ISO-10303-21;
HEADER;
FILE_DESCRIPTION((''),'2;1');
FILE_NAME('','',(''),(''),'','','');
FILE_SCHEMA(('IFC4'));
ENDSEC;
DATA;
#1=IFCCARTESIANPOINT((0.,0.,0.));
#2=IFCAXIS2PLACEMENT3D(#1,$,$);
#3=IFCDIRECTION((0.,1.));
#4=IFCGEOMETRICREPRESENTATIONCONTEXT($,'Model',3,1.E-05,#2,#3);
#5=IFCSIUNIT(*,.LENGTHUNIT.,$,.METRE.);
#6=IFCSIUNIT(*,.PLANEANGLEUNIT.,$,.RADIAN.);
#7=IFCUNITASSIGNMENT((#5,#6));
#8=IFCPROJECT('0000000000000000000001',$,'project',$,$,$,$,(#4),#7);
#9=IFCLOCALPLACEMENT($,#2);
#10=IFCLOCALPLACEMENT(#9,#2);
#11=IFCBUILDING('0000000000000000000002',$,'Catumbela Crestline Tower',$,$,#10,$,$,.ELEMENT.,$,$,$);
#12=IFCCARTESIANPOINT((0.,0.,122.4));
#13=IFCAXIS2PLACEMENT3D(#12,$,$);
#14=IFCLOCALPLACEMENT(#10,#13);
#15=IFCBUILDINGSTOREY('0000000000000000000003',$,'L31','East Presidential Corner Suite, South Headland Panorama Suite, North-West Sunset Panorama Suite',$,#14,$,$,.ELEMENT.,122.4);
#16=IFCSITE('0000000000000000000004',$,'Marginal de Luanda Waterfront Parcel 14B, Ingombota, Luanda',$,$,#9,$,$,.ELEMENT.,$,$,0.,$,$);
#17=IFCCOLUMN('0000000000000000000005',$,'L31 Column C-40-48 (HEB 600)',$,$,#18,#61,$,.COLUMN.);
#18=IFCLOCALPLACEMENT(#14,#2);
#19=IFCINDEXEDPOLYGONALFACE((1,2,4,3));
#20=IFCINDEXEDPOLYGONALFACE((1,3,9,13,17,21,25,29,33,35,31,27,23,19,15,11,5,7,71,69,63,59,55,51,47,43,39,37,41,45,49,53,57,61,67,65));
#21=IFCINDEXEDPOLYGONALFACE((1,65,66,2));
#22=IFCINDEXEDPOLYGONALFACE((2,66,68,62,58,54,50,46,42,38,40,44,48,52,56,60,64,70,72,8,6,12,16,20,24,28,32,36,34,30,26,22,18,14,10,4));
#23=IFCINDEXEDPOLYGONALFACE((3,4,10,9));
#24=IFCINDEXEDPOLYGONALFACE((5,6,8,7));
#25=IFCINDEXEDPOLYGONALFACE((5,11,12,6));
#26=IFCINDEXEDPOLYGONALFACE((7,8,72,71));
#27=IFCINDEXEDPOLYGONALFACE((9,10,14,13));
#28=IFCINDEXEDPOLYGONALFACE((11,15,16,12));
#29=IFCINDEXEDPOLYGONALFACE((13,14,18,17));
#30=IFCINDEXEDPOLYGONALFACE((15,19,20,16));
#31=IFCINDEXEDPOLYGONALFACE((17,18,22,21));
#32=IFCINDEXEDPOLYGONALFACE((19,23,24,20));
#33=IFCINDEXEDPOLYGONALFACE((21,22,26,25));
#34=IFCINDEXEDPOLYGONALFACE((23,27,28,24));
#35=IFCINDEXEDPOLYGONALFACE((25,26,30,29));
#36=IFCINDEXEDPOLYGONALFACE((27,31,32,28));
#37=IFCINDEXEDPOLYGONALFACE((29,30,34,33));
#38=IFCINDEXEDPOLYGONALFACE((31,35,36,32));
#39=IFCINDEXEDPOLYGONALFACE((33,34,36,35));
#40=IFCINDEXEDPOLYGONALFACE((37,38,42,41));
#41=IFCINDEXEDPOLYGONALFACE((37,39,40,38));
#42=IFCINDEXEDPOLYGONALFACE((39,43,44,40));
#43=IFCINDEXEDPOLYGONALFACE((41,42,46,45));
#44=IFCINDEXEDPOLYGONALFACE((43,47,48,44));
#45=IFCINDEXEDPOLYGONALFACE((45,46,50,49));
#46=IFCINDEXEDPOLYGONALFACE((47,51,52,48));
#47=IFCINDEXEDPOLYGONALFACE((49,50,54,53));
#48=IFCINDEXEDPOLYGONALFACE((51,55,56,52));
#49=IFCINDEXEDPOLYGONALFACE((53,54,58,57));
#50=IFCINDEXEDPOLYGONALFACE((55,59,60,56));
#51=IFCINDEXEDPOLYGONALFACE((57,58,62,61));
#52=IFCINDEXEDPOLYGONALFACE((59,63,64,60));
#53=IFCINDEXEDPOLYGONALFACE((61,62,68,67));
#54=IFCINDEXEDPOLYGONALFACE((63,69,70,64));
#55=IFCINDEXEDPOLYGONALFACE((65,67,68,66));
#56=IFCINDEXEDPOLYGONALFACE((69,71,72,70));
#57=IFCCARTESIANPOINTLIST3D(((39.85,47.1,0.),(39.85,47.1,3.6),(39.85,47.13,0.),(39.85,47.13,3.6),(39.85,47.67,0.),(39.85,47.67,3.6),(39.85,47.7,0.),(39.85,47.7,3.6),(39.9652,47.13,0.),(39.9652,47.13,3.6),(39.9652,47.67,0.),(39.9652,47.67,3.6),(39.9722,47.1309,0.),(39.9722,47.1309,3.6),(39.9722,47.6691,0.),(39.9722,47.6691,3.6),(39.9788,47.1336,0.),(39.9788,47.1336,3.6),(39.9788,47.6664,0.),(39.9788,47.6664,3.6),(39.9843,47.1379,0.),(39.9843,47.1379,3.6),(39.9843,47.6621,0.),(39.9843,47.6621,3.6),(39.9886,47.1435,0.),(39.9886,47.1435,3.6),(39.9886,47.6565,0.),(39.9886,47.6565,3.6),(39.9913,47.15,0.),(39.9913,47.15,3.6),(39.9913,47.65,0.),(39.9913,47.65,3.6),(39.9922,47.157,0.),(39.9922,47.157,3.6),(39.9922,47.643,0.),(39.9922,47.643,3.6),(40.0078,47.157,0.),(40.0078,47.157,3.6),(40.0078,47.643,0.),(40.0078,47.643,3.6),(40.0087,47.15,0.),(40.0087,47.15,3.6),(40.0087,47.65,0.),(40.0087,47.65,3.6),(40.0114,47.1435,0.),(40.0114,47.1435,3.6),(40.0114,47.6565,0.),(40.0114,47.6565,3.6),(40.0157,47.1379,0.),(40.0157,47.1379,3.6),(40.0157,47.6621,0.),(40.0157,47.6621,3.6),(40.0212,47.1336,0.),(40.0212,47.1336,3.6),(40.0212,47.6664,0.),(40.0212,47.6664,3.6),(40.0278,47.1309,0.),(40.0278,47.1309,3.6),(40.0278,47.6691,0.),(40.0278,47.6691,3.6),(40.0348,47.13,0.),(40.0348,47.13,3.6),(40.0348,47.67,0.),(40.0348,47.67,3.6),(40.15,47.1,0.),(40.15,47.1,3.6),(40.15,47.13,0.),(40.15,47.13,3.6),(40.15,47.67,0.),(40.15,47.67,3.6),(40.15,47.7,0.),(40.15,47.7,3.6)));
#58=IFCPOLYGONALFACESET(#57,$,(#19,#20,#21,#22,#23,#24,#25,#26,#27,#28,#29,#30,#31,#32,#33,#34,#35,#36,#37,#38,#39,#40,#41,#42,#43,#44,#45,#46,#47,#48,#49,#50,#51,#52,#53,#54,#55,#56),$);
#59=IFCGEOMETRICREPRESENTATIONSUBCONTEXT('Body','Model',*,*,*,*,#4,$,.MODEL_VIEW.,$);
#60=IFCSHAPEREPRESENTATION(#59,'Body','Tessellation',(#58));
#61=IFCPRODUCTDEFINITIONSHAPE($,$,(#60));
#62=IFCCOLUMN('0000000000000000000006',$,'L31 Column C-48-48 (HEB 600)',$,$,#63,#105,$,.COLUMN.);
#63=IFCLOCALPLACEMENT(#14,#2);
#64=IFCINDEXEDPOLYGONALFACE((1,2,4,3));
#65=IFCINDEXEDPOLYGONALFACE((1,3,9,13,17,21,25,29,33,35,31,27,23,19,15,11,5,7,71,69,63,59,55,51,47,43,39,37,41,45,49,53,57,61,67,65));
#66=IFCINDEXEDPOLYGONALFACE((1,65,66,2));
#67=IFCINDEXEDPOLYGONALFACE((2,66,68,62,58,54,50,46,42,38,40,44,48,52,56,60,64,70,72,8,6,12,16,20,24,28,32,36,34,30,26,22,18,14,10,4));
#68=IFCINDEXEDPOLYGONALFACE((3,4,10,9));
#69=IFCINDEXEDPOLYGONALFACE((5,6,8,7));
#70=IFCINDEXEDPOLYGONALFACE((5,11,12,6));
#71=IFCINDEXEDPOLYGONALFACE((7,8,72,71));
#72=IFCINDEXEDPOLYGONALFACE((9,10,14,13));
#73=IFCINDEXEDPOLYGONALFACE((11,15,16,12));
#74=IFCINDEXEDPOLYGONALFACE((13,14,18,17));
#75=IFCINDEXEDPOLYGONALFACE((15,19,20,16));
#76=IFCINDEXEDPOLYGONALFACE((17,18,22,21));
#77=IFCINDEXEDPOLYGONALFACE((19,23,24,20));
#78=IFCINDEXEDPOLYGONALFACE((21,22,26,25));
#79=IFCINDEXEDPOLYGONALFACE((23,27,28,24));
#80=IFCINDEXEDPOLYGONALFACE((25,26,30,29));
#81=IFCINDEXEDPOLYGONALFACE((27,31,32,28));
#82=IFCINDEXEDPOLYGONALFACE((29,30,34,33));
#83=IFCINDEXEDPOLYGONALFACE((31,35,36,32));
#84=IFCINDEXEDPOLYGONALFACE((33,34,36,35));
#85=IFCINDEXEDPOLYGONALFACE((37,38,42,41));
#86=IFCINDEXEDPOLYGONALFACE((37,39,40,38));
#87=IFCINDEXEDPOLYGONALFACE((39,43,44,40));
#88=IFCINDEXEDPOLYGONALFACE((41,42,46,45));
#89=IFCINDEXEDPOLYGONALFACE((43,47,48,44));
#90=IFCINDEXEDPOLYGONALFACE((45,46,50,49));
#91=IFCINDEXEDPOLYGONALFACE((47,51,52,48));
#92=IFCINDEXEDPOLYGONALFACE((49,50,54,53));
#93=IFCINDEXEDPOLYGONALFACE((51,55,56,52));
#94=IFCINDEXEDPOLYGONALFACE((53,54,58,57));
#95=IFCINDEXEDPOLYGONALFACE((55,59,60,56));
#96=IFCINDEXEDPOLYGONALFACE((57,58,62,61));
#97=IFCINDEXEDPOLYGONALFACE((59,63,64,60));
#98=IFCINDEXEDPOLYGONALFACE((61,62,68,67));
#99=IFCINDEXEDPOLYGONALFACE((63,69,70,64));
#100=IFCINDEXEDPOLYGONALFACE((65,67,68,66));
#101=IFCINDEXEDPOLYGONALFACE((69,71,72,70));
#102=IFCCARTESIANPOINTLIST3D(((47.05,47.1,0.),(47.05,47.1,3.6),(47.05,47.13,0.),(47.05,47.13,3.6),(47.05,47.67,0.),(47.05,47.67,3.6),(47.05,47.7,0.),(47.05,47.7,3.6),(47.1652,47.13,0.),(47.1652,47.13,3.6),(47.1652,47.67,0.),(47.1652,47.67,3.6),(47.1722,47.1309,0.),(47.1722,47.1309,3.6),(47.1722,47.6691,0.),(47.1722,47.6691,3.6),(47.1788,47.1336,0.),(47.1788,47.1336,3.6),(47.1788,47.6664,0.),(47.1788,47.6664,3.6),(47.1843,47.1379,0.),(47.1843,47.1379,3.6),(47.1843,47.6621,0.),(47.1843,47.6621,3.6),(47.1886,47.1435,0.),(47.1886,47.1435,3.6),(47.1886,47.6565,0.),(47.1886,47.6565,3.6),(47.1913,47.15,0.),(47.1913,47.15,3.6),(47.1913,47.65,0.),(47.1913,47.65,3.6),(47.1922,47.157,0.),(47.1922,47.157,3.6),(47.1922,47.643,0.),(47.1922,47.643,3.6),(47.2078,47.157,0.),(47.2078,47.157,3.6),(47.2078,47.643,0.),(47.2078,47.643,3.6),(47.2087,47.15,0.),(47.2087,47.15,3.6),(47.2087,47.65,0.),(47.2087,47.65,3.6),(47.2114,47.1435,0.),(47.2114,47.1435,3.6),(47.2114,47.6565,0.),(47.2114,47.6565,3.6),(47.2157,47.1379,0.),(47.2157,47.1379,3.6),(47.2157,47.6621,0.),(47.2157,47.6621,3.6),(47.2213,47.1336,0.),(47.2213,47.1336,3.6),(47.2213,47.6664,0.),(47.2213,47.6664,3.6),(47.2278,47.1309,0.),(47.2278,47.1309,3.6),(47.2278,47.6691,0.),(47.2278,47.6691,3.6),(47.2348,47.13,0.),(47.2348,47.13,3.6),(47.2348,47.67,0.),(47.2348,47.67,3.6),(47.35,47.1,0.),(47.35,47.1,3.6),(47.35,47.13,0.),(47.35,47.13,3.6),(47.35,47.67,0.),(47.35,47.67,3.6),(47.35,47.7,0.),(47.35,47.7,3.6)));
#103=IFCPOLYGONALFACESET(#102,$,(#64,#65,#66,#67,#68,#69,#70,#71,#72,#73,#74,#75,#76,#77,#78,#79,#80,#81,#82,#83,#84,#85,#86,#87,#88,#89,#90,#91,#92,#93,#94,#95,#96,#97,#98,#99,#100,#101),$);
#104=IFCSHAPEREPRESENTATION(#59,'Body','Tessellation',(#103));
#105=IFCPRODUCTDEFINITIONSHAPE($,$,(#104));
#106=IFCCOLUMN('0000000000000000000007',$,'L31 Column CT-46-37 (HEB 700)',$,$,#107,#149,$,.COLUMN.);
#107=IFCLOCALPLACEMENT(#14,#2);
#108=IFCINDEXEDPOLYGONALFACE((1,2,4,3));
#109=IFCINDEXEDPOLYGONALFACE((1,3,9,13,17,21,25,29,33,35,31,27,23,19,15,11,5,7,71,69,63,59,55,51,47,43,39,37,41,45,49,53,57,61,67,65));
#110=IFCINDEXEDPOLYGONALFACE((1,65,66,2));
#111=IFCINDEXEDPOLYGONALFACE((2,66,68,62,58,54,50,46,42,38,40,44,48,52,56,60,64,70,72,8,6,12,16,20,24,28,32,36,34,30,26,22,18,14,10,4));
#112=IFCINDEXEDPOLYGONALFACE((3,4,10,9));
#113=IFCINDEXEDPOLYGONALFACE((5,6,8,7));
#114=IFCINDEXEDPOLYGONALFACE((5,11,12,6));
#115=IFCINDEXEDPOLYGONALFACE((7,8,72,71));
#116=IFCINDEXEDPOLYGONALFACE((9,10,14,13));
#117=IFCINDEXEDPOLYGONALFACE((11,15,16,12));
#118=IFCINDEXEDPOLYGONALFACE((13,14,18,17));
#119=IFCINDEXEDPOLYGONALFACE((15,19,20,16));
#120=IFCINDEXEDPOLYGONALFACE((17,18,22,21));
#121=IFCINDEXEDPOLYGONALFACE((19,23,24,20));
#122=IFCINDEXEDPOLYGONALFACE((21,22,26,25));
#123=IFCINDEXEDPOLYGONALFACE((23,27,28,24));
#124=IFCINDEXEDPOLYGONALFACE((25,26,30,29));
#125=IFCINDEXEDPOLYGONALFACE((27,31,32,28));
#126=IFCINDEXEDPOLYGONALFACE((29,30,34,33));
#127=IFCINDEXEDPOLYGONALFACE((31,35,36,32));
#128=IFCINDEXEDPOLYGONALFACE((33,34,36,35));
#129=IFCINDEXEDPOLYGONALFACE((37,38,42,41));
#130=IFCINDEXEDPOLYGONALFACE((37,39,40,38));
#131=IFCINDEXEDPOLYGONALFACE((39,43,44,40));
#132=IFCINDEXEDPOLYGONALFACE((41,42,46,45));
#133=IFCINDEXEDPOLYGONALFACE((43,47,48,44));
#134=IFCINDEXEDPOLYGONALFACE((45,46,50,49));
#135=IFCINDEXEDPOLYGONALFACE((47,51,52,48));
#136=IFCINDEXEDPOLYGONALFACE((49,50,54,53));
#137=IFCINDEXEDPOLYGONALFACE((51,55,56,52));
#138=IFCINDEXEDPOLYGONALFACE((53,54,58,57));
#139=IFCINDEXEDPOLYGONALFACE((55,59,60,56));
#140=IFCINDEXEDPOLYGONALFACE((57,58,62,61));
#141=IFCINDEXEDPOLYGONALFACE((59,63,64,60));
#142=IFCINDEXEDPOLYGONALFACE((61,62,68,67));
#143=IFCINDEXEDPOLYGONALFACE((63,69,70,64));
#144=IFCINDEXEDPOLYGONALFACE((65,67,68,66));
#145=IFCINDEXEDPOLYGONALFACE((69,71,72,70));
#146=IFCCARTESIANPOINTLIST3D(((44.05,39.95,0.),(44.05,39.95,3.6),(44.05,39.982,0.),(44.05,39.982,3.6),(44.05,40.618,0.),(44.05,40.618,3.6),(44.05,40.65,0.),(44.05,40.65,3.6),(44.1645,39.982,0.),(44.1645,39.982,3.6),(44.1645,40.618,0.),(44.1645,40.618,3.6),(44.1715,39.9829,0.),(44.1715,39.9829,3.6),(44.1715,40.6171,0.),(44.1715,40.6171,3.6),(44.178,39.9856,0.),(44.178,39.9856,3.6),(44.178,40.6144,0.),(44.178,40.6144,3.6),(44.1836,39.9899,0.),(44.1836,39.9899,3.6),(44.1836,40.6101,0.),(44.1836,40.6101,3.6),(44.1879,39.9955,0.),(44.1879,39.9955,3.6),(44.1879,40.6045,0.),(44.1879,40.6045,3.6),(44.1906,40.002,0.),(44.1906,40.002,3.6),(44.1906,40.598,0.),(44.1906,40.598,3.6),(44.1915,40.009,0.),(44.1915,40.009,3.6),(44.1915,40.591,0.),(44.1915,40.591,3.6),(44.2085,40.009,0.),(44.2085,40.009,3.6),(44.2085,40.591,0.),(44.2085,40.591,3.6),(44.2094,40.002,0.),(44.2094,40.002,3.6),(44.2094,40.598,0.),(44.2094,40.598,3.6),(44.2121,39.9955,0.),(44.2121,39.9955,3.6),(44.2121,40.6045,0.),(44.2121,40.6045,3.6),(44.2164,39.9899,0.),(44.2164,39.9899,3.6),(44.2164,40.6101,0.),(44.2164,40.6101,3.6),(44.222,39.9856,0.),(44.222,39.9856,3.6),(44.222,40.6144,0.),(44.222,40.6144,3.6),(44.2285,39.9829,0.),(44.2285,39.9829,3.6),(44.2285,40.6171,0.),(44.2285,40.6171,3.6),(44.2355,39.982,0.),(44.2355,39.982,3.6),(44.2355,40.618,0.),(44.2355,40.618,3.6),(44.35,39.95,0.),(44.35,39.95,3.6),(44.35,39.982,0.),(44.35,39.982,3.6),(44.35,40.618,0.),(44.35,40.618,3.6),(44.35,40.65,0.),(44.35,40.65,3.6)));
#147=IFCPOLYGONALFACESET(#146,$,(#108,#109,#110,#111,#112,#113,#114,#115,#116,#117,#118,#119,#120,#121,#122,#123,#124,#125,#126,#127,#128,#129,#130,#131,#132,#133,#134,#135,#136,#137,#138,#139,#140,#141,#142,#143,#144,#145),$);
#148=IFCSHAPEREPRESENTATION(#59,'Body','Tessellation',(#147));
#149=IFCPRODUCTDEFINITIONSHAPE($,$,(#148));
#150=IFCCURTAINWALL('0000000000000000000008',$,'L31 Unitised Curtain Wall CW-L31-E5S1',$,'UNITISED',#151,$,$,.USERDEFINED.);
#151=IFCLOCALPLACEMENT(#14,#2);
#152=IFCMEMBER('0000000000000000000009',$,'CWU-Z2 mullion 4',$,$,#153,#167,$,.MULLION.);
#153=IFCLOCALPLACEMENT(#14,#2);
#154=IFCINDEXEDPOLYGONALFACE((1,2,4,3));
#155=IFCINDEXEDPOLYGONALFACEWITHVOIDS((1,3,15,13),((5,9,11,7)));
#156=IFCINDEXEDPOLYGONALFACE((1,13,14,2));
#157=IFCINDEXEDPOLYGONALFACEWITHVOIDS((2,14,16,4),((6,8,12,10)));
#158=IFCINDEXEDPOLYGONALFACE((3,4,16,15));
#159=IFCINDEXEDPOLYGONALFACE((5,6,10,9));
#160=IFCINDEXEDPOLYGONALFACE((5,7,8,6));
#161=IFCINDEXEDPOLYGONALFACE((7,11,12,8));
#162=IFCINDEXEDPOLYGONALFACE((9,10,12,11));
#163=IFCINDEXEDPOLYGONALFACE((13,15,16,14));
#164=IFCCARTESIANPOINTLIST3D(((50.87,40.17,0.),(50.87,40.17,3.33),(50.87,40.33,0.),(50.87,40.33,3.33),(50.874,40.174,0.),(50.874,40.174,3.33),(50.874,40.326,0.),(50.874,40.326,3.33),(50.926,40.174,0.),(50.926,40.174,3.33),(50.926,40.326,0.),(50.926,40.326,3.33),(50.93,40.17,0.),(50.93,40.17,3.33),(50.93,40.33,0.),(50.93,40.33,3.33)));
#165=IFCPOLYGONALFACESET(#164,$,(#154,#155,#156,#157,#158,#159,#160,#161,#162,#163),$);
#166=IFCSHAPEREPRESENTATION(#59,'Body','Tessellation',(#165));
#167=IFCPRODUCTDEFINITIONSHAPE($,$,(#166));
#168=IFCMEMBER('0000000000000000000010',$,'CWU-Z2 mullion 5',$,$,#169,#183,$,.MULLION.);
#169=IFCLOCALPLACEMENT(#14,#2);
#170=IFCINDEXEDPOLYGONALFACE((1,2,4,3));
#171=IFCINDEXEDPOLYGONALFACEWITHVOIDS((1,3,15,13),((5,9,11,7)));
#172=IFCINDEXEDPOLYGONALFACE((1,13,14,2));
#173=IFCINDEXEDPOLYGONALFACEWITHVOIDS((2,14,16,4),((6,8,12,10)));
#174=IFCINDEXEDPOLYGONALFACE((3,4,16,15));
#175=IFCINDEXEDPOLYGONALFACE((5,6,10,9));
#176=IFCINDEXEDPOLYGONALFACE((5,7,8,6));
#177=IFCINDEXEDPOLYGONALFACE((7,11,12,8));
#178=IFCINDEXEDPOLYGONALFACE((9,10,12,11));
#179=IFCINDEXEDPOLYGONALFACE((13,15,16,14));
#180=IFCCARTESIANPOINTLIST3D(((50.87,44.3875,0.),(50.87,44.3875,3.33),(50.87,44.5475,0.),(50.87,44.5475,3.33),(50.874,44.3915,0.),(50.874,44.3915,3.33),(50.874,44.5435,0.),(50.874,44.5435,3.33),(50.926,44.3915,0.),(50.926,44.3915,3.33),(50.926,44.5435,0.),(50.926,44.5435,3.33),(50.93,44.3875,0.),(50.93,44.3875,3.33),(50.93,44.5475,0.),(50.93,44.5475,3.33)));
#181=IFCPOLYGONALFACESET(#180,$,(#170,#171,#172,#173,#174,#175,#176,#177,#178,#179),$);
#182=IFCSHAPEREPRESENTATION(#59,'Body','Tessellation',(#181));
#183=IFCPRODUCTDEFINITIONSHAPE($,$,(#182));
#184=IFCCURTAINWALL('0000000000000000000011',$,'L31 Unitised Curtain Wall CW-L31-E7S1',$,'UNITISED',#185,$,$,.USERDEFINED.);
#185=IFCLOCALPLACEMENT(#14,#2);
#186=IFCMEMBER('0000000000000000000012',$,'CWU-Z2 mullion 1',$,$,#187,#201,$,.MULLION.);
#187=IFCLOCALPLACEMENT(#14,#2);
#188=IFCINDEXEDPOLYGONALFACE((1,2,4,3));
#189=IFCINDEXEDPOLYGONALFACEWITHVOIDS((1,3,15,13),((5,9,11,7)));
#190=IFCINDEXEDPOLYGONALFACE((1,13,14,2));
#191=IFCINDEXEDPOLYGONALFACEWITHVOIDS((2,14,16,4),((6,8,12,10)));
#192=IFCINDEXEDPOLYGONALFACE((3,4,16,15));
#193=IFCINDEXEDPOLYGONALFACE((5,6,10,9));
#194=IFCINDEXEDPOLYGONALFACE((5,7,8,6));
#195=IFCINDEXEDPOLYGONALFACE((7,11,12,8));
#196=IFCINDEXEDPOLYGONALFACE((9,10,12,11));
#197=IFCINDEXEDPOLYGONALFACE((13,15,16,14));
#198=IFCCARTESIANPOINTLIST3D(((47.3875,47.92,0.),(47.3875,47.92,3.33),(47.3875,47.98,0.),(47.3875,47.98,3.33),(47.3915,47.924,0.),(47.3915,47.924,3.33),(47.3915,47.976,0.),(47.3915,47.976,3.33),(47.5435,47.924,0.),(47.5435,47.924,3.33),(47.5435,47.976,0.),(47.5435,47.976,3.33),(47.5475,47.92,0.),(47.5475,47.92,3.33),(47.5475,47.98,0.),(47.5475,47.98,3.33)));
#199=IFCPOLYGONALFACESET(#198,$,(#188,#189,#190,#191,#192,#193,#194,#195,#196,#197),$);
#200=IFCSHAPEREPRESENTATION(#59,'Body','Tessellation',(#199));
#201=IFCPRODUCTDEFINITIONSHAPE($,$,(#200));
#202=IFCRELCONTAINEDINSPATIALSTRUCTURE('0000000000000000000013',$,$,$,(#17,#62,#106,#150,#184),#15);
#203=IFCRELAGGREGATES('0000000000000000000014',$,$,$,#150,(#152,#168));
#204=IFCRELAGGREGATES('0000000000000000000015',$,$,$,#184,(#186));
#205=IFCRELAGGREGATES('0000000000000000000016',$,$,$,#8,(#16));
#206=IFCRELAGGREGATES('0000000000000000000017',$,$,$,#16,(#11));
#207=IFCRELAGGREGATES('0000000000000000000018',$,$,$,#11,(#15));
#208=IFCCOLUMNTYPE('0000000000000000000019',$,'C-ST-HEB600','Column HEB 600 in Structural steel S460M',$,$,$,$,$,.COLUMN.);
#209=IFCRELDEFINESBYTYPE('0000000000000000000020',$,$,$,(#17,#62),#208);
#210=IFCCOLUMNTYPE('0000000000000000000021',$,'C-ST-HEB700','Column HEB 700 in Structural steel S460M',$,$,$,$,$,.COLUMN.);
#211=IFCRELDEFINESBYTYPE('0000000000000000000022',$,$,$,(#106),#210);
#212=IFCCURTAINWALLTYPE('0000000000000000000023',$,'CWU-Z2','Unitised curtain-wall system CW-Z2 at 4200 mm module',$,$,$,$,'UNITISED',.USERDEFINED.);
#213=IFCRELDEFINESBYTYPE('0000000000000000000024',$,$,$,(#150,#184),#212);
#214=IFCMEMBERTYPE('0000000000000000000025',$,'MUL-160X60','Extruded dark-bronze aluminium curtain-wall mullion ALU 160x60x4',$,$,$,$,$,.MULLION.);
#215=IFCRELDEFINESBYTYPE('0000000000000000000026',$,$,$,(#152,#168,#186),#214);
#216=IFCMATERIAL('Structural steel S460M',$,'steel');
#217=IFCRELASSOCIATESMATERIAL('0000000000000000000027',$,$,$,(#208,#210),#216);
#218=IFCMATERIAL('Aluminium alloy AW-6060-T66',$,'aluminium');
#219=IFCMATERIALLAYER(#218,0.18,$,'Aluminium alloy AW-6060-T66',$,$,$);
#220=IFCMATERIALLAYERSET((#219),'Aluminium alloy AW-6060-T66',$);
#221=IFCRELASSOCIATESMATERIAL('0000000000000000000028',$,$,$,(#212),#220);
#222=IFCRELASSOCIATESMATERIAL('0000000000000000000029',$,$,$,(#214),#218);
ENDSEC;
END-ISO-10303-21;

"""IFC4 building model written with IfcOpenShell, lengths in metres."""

from ifc_helpers import new_model, si_unit, direction, frame, origin, origin_2d, place, context, subcontext, project, spatial, hollow_rectangle, i_section, extrude, material, layer, layer_set, material_profile, profile_set, type_object, element, aggregate, save


model = new_model("IFC4")

# Units and contexts
model_context = context("Model", 3, precision=1e-05, world=origin(), true_north=direction((0.0, 1.0)))
body_context = subcontext(model_context, "Body", "Model", "MODEL_VIEW")
ifc_project = project(units=[si_unit("LENGTHUNIT", "METRE"), si_unit("PLANEANGLEUNIT", "RADIAN")], contexts=[model_context])

# Site, building, storey
site_placement = place(None, origin())
site = spatial("IfcSite", under=ifc_project, at=site_placement, Name="Marginal de Luanda Waterfront Parcel 14B, Ingombota, Luanda", CompositionType="ELEMENT", RefElevation=0.0)
building_placement = place(site_placement, origin())
building = spatial("IfcBuilding", under=site, at=building_placement, Name="Catumbela Crestline Tower", CompositionType="ELEMENT")
storey_placement = place(building_placement, frame((0.0, 0.0, 122.4)))
storey = spatial("IfcBuildingStorey", under=building, at=storey_placement, Name="L31", Description="East Presidential Corner Suite, South Headland Panorama Suite, North-West Sunset Panorama Suite", CompositionType="ELEMENT", Elevation=122.4)

# Columns
ifc_material_1 = material(Name="Structural steel S460M", Category="steel")
ifc_material_profile_1 = material_profile(ifc_material_1, i_section(OverallWidth=0.3, OverallDepth=0.6, WebThickness=0.0155, FlangeThickness=0.03, FilletRadius=0.027, at=origin_2d()), Name="HEB 600")
ifc_profile_set_1 = profile_set([ifc_material_profile_1], Name="Structural steel S460M")
column_type_1 = type_object("IfcColumnType", Name="C-ST-HEB600", Description="Column HEB 600 in Structural steel S460M", PredefinedType="COLUMN", material=ifc_profile_set_1)
for number, where, z_axis, x_axis, name in (
    (1, (40.0, 47.4, 0.0), (0.0, 0.0, 1.0), (1.0, 0.0, 0.0), "L31 Column C-40-48 (HEB 600)"),
    (2, (47.2, 47.4, 0.0), (0.0, 0.0, 1.0), (1.0, 0.0, 0.0), "L31 Column C-48-48 (HEB 600)"),
):
    element("IfcColumn", number, at=place(storey_placement, frame(where, z_axis=z_axis, x_axis=x_axis)), inside=storey, type_object=column_type_1, Name=name, PredefinedType="COLUMN", context=body_context, shape_type="SweptSolid", body=[
        extrude(i_section(OverallWidth=0.3, OverallDepth=0.6, WebThickness=0.0155, FlangeThickness=0.03, FilletRadius=0.027, at=origin_2d()), origin(), (0.0, 0.0, 1.0), 3.6),
    ])
ifc_material_profile_2 = material_profile(ifc_material_1, i_section(OverallWidth=0.3, OverallDepth=0.7, WebThickness=0.017, FlangeThickness=0.032, FilletRadius=0.027, at=origin_2d()), Name="HEB 700")
ifc_profile_set_2 = profile_set([ifc_material_profile_2], Name="Structural steel S460M")
column_type_2 = type_object("IfcColumnType", Name="C-ST-HEB700", Description="Column HEB 700 in Structural steel S460M", PredefinedType="COLUMN", material=ifc_profile_set_2)
column_placement = place(storey_placement, frame((44.2, 40.3, 0.0), z_axis=(0.0, 0.0, 1.0), x_axis=(1.0, 0.0, 0.0)))
element("IfcColumn", 3, at=column_placement, inside=storey, type_object=column_type_2, Name="L31 Column CT-46-37 (HEB 700)", PredefinedType="COLUMN", context=body_context, shape_type="SweptSolid", body=[
    extrude(i_section(OverallWidth=0.3, OverallDepth=0.7, WebThickness=0.017, FlangeThickness=0.032, FilletRadius=0.027, at=origin_2d()), origin(), (0.0, 0.0, 1.0), 3.6),
])

# Curtain walls, members
ifc_material_2 = material(Name="Aluminium alloy AW-6060-T66", Category="aluminium")
ifc_layer_1 = layer(ifc_material_2, 0.18, Name="Aluminium alloy AW-6060-T66")
ifc_layer_set_1 = layer_set([ifc_layer_1], Name="Aluminium alloy AW-6060-T66")
curtain_wall_type = type_object("IfcCurtainWallType", Name="CWU-Z2", Description="Unitised curtain-wall system CW-Z2 at 4200 mm module", ElementType="UNITISED", PredefinedType="USERDEFINED", material=ifc_layer_set_1)
curtain_wall_1_placement = place(storey_placement, origin())
curtain_wall_1 = element("IfcCurtainWall", 4, at=curtain_wall_1_placement, inside=storey, type_object=curtain_wall_type, Name="L31 Unitised Curtain Wall CW-L31-E5S1", ObjectType="UNITISED", PredefinedType="USERDEFINED")
ifc_material_profile_3 = material_profile(ifc_material_2, hollow_rectangle(XDim=0.06, YDim=0.16, WallThickness=0.004, at=origin_2d()), Name="ALU 160x60x4")
ifc_profile_set_3 = profile_set([ifc_material_profile_3], Name="Aluminium alloy AW-6060-T66")
member_type_1 = type_object("IfcMemberType", Name="MUL-160X60", Description="Extruded dark-bronze aluminium curtain-wall mullion ALU 160x60x4", PredefinedType="MULLION", material=ifc_profile_set_3)
member_1_placement = place(storey_placement, frame((50.9, 40.25, 0.0), z_axis=(0.0, 0.0, 1.0), x_axis=(-1.0, 0.0, 0.0)))
member_1 = element("IfcMember", 5, at=member_1_placement, type_object=member_type_1, Name="CWU-Z2 mullion 4", PredefinedType="MULLION", context=body_context, shape_type="SweptSolid", body=[
    extrude(hollow_rectangle(XDim=0.06, YDim=0.16, WallThickness=0.004, at=origin_2d()), origin(), (0.0, 0.0, 1.0), 3.33),
])
member_2_placement = place(storey_placement, frame((50.9, 44.4675, 0.0), z_axis=(0.0, 0.0, 1.0), x_axis=(-1.0, 0.0, 0.0)))
member_2 = element("IfcMember", 6, at=member_2_placement, type_object=member_type_1, Name="CWU-Z2 mullion 5", PredefinedType="MULLION", context=body_context, shape_type="SweptSolid", body=[
    extrude(hollow_rectangle(XDim=0.06, YDim=0.16, WallThickness=0.004, at=origin_2d()), origin(), (0.0, 0.0, 1.0), 3.33),
])
curtain_wall_2_placement = place(storey_placement, origin())
curtain_wall_2 = element("IfcCurtainWall", 7, at=curtain_wall_2_placement, inside=storey, type_object=curtain_wall_type, Name="L31 Unitised Curtain Wall CW-L31-E7S1", ObjectType="UNITISED", PredefinedType="USERDEFINED")
member_3_placement = place(storey_placement, frame((47.4675, 47.95, 0.0), z_axis=(0.0, 0.0, 1.0), x_axis=(0.0, -1.0, 0.0)))
member_3 = element("IfcMember", 8, at=member_3_placement, type_object=member_type_1, Name="CWU-Z2 mullion 1", PredefinedType="MULLION", context=body_context, shape_type="SweptSolid", body=[
    extrude(hollow_rectangle(XDim=0.06, YDim=0.16, WallThickness=0.004, at=origin_2d()), origin(), (0.0, 0.0, 1.0), 3.33),
])

aggregate(curtain_wall_1, [member_1, member_2])
aggregate(curtain_wall_2, [member_3])

save(model, "model.ifc")
